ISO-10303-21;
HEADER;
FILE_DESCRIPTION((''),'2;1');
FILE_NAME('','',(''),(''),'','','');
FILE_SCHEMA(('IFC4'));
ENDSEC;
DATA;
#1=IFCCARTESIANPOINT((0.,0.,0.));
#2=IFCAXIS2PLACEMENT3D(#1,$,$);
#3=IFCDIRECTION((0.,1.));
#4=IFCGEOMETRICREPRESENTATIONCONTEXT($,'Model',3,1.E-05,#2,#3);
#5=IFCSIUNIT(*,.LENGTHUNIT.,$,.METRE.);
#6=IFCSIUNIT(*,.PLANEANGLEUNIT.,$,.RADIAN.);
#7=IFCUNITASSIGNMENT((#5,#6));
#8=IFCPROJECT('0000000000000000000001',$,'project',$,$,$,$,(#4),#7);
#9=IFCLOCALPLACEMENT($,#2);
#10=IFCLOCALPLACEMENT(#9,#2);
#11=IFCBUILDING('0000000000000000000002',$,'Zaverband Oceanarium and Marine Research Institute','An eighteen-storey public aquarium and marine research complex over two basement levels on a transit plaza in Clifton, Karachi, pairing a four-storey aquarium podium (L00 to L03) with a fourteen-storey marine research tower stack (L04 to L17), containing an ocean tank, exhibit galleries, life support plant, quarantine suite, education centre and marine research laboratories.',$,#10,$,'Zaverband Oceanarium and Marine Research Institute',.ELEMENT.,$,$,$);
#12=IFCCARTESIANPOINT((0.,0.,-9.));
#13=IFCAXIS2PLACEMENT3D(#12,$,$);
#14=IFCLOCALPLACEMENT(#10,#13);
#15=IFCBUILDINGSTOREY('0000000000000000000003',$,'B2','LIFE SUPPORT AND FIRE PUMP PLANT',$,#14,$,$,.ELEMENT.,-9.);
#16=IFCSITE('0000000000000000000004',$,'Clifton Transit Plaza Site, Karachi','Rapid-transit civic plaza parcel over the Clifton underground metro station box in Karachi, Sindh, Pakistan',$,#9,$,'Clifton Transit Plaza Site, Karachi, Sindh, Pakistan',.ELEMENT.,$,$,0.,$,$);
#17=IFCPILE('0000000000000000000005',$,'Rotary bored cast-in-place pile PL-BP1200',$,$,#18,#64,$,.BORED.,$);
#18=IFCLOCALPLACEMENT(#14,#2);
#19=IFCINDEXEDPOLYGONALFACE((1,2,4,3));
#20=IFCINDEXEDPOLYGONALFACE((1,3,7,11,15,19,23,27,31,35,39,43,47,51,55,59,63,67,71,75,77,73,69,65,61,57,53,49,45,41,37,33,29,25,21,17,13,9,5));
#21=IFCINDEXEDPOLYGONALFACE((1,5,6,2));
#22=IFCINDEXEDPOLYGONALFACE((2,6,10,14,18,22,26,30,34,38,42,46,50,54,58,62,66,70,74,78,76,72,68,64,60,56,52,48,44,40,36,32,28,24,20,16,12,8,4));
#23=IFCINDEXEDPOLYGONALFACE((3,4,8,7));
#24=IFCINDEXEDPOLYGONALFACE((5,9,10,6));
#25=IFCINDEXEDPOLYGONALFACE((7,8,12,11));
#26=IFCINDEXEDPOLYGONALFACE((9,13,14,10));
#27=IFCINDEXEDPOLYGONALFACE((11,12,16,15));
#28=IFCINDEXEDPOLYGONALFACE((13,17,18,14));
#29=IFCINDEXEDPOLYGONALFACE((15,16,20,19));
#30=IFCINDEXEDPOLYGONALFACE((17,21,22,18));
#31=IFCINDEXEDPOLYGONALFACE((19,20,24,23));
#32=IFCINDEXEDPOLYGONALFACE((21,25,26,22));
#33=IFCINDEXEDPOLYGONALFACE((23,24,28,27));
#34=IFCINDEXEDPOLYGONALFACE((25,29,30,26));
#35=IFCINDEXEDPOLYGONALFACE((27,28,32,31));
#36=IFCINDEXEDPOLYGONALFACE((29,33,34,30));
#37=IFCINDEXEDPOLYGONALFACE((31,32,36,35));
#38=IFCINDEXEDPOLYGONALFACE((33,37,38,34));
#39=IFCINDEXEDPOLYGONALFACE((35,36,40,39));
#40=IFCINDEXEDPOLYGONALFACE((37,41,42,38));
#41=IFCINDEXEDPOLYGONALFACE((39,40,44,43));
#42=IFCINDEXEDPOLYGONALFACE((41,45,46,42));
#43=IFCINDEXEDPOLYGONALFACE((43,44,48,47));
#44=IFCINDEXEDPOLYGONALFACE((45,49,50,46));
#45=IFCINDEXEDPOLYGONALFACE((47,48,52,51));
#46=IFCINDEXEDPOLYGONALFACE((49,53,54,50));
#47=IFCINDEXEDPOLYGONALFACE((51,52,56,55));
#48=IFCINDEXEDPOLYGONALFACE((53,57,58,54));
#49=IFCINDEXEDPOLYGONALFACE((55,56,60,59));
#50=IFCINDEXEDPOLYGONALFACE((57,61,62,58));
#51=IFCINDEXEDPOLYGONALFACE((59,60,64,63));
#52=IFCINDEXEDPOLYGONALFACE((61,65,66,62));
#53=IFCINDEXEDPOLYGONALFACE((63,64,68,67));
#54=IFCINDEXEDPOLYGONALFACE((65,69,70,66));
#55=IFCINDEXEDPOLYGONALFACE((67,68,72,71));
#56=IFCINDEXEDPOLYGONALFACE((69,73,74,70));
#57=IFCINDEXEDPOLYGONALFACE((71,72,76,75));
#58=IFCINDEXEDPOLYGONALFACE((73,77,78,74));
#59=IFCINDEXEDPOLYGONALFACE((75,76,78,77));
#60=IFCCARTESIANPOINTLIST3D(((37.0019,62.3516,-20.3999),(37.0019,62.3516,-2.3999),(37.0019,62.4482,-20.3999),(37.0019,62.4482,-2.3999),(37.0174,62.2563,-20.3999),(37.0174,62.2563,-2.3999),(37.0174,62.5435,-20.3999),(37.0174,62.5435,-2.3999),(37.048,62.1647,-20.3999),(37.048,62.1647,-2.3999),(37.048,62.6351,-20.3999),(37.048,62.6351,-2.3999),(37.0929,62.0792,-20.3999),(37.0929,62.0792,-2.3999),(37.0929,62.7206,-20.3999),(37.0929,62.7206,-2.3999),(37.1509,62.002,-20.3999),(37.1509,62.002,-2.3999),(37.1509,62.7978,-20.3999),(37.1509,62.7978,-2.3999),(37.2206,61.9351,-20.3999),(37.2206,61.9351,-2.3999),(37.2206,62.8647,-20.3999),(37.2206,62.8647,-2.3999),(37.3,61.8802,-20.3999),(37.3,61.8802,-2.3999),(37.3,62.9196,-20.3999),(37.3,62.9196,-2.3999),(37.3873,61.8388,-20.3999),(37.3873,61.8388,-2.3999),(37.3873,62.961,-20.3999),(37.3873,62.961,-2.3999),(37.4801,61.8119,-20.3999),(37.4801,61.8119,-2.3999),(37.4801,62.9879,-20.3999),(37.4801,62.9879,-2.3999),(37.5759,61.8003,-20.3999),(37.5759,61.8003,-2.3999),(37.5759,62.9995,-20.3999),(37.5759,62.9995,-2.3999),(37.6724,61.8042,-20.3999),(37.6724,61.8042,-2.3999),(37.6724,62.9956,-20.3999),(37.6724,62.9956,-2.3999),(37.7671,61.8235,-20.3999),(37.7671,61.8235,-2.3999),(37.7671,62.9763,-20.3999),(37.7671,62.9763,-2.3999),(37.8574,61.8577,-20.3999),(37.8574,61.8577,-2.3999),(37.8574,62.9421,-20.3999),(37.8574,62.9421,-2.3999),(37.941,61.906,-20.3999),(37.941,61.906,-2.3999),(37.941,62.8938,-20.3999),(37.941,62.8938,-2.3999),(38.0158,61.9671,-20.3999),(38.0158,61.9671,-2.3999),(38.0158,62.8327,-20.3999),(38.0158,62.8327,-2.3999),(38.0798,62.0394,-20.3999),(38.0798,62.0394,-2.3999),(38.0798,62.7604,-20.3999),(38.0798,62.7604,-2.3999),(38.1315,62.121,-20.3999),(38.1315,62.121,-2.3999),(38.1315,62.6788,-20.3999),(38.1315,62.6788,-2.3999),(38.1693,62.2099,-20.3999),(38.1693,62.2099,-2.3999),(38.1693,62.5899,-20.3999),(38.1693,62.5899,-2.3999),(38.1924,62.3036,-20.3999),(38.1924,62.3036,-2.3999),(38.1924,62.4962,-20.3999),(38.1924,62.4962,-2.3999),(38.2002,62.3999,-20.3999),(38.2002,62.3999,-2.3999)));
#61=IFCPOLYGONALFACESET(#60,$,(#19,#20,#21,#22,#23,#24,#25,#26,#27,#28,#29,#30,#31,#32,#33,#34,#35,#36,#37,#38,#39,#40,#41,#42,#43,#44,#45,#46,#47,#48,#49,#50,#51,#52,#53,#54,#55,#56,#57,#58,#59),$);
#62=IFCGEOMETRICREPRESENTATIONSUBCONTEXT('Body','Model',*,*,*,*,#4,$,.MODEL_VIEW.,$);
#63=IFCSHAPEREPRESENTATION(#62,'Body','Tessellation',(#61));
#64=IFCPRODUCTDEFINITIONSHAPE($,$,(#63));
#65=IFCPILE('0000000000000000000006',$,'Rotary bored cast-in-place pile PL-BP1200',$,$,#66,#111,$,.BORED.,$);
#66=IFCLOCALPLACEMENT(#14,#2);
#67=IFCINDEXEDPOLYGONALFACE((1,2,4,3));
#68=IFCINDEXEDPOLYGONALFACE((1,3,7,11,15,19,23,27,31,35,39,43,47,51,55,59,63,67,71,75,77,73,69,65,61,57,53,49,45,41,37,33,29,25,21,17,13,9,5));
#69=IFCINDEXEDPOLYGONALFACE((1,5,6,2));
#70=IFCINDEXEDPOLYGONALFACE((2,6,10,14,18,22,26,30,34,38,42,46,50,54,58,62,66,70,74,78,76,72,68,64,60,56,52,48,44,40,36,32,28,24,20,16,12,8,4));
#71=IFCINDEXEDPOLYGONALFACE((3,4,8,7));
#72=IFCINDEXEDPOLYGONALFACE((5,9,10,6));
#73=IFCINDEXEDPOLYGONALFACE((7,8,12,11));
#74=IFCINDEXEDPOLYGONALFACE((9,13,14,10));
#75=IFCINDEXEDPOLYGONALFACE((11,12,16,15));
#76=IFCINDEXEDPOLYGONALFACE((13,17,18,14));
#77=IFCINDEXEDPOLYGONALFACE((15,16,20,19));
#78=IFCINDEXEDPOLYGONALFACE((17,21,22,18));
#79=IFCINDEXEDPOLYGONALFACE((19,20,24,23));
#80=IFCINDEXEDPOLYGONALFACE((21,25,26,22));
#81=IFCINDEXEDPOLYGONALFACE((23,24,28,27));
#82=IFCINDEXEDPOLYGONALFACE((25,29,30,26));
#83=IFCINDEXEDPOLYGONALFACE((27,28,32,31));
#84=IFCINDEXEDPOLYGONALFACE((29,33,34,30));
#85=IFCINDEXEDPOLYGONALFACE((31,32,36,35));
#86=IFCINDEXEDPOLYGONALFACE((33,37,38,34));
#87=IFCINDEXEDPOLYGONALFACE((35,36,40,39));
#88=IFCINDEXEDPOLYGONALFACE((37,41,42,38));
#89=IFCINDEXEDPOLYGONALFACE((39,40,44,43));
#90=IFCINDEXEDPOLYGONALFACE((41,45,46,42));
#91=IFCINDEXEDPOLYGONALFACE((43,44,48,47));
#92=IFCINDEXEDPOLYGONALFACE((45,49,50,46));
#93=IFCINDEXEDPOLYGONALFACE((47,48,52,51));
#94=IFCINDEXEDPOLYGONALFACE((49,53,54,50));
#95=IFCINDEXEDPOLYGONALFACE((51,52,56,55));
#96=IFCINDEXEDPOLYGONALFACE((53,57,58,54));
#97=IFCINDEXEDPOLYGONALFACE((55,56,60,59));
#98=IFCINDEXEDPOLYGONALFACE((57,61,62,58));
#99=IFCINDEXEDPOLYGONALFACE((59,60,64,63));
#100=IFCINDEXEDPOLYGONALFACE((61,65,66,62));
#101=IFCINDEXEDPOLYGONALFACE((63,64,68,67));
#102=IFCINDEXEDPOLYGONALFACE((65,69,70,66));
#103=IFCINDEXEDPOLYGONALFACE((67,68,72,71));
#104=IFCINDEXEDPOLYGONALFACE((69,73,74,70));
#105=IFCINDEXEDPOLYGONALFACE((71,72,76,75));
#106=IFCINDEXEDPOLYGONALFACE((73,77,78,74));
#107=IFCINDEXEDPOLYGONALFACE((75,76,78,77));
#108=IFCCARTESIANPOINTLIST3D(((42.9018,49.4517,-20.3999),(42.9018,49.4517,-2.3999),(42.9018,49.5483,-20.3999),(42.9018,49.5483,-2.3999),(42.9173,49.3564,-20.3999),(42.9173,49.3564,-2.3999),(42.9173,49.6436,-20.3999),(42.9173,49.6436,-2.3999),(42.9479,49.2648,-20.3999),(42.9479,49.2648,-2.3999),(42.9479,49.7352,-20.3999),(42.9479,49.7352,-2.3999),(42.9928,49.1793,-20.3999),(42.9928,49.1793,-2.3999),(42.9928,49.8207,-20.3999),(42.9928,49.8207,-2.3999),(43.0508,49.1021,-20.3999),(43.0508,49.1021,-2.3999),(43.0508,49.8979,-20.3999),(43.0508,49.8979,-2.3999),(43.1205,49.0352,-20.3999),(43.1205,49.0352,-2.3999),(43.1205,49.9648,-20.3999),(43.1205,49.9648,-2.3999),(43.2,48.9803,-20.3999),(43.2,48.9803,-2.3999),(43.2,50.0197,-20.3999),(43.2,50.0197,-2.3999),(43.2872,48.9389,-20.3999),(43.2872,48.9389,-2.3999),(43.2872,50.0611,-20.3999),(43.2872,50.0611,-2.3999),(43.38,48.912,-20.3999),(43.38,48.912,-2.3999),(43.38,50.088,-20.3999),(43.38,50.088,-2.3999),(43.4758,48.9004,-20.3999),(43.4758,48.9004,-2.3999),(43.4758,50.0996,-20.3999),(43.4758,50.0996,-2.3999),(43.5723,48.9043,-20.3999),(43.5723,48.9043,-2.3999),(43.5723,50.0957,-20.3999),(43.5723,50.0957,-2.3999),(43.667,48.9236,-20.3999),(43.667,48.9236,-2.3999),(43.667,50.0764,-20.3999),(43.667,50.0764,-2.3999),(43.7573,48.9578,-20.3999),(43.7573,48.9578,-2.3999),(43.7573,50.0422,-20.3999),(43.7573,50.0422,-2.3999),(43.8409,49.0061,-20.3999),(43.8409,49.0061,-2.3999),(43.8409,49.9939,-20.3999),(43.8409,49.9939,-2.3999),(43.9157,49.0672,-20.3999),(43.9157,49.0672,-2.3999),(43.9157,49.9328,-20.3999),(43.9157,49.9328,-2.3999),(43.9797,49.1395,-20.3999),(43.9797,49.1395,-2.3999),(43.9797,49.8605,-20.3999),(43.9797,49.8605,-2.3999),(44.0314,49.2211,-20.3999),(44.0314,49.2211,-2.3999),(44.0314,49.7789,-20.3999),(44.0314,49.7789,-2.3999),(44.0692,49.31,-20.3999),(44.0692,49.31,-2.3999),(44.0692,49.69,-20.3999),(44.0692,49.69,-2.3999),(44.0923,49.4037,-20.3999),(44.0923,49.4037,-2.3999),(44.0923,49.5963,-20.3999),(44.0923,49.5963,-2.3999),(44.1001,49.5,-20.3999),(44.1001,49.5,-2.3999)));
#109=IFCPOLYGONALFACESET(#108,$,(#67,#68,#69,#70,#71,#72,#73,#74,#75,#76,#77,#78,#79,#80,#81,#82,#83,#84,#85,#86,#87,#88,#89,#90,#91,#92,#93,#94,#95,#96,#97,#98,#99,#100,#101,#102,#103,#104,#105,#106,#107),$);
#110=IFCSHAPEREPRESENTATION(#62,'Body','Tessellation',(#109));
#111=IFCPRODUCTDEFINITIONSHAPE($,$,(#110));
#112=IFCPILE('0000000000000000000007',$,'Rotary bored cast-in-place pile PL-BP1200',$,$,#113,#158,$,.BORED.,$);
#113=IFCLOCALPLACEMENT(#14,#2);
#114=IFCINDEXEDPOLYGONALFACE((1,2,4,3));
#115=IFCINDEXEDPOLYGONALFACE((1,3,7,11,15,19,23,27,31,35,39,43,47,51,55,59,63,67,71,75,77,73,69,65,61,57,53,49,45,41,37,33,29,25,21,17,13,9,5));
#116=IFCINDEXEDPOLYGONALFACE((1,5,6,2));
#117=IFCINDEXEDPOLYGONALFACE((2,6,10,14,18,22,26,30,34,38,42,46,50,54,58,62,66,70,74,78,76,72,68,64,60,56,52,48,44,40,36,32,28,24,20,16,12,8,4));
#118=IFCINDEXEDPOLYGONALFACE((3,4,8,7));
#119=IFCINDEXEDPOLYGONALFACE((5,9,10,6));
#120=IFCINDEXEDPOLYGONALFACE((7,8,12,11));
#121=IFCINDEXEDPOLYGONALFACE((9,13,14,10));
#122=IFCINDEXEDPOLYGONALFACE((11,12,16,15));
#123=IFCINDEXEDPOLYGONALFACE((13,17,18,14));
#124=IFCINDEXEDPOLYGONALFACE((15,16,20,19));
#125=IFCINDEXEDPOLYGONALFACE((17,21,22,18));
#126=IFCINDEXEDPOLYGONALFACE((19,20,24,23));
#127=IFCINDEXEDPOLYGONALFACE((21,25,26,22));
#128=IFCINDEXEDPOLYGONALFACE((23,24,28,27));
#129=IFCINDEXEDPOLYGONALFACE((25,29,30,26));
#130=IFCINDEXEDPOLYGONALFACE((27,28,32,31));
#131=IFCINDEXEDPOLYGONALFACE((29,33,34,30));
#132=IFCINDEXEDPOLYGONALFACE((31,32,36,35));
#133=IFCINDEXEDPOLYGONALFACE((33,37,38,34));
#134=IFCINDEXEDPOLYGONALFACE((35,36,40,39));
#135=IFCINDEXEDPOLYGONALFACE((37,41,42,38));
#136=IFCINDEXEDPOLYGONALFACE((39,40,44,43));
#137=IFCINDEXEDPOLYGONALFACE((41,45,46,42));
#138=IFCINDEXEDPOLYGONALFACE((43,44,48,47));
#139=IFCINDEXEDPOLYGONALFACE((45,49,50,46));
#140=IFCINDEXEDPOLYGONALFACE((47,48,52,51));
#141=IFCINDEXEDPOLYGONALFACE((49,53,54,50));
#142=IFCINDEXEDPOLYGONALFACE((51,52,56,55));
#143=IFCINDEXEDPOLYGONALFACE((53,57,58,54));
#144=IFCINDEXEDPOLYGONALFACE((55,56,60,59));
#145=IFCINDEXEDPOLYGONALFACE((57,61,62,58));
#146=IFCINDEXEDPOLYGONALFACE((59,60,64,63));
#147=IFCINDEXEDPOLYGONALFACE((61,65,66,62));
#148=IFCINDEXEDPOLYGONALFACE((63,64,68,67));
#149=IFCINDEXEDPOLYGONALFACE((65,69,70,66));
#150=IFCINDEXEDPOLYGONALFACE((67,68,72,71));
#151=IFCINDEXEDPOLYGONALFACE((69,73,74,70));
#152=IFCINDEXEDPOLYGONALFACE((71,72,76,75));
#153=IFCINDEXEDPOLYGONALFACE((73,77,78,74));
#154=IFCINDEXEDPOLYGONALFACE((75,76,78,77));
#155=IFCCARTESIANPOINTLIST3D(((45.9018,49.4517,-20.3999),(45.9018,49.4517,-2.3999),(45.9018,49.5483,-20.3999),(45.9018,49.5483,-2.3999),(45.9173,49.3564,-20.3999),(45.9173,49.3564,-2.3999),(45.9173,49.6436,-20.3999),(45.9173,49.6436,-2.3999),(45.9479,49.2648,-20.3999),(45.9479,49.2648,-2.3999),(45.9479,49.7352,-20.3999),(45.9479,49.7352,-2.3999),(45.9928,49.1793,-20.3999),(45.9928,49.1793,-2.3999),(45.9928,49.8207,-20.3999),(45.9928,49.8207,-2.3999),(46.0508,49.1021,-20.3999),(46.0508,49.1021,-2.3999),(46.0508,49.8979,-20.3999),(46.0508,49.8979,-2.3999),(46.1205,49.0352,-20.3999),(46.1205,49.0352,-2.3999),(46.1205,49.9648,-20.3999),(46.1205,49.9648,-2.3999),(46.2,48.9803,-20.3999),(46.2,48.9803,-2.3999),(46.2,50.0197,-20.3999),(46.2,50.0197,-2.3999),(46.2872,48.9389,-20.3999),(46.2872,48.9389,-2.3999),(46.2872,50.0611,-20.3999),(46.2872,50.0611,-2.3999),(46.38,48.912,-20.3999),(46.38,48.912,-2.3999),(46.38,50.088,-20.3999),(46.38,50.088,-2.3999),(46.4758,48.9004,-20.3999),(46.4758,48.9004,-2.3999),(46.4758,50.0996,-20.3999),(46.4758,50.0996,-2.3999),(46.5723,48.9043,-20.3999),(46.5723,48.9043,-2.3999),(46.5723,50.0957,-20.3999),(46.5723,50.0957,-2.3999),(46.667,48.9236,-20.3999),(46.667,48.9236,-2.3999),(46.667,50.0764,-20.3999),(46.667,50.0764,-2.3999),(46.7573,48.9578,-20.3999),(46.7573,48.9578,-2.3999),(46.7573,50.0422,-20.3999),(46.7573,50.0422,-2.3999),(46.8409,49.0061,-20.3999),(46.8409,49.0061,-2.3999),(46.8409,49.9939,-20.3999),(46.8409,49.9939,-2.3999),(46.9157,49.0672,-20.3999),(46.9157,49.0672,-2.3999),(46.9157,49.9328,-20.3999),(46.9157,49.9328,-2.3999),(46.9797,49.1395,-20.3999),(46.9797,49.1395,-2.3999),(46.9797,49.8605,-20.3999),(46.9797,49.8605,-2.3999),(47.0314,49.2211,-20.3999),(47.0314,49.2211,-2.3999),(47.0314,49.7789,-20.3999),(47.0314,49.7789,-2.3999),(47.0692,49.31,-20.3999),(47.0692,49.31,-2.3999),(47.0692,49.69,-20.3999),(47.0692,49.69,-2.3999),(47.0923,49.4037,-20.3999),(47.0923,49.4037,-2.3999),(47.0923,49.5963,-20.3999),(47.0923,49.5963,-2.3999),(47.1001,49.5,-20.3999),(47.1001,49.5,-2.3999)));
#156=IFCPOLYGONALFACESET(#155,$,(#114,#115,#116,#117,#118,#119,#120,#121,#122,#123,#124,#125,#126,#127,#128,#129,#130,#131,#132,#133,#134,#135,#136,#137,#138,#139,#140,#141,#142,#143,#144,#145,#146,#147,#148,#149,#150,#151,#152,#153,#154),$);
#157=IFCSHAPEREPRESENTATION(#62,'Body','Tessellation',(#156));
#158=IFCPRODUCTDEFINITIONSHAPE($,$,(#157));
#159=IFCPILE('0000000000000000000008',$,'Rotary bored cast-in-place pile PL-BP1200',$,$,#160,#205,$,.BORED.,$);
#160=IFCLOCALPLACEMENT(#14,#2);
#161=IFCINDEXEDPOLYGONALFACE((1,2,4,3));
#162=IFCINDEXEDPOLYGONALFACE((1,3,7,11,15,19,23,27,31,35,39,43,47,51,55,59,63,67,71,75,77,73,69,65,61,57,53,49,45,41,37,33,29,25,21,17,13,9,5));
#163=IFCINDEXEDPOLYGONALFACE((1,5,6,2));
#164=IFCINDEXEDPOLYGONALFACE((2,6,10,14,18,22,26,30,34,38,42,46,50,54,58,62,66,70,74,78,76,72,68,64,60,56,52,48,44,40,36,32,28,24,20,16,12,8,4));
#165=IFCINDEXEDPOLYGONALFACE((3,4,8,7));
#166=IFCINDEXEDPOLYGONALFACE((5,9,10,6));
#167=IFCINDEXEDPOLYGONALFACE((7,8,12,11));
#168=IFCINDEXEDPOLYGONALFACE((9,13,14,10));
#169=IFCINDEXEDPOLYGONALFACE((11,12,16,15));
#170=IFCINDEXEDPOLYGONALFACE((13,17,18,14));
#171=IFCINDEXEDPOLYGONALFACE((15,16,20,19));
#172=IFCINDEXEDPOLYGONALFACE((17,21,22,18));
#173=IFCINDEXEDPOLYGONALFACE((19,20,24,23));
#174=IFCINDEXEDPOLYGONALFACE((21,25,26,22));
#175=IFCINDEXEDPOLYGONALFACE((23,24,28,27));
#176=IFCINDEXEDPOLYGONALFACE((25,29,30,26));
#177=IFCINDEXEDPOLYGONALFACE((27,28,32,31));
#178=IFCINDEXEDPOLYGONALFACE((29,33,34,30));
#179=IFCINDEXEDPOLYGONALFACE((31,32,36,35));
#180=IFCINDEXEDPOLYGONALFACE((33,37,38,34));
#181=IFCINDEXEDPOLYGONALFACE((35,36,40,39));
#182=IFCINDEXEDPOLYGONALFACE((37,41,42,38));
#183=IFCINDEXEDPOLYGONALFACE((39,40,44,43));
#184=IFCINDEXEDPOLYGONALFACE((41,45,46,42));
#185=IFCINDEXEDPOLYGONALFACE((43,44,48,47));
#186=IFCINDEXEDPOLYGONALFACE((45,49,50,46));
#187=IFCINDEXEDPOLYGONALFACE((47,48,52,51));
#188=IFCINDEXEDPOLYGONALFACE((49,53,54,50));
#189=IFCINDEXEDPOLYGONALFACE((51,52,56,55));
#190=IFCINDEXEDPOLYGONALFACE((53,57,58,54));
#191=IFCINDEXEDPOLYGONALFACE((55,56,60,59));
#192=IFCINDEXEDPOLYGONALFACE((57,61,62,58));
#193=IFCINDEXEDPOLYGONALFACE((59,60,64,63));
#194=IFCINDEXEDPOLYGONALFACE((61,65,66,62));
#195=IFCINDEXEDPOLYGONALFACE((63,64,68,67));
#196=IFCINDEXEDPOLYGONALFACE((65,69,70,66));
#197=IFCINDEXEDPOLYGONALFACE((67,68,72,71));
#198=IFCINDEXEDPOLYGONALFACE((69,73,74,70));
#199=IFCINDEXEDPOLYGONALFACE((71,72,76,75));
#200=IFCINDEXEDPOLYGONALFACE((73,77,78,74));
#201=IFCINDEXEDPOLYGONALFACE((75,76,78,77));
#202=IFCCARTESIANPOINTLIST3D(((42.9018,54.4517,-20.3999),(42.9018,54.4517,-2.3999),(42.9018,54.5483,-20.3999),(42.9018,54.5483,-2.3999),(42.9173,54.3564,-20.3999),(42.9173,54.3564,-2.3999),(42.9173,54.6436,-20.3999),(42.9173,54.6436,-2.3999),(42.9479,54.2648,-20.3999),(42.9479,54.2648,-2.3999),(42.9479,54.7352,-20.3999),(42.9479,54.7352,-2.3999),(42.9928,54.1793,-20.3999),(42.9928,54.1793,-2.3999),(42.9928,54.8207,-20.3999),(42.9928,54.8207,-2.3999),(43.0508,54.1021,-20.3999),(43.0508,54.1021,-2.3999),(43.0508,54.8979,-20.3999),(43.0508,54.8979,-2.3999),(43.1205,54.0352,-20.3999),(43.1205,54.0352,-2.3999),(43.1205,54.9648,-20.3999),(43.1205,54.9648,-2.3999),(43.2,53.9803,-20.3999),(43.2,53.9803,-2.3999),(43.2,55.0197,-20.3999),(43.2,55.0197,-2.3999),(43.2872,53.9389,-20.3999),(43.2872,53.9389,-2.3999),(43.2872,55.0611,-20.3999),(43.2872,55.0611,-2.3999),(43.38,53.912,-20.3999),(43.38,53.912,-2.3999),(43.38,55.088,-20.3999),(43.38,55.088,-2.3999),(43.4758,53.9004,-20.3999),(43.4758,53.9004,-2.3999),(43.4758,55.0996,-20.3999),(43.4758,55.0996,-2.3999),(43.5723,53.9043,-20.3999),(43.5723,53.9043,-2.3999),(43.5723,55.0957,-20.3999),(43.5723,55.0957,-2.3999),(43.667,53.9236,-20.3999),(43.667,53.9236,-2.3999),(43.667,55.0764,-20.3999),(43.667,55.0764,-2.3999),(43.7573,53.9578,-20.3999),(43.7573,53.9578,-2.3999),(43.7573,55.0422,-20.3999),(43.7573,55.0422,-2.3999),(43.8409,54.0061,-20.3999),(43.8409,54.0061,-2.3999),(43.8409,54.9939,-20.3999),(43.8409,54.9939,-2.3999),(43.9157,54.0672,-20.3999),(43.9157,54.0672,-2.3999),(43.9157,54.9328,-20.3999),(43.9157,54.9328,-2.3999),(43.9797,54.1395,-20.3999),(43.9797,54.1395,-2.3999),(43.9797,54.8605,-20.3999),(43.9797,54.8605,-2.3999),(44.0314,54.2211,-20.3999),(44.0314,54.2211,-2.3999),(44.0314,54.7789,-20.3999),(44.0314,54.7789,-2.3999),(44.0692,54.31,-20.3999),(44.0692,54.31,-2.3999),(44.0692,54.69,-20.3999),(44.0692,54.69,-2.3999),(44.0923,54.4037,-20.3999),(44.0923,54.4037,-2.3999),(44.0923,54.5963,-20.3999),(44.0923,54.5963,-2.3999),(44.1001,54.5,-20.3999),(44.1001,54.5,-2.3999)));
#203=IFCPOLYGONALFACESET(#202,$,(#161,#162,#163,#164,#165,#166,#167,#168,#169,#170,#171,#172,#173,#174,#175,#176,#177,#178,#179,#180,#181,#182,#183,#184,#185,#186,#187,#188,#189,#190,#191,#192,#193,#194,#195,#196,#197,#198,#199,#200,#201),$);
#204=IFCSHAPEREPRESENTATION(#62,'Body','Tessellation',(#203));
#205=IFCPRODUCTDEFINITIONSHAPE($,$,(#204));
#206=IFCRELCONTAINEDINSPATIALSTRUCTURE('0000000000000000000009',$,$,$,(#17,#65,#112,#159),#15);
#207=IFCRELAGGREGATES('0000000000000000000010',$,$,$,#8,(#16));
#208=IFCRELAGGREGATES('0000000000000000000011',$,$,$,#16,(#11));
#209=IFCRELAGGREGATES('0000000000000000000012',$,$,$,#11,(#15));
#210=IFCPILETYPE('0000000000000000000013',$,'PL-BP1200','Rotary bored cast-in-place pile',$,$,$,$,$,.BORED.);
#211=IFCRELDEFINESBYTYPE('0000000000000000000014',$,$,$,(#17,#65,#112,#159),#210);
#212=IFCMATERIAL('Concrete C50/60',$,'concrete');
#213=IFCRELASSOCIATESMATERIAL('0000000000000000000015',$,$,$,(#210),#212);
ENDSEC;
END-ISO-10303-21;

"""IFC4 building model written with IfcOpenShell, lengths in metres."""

from ifc_helpers import new_model, si_unit, direction, frame, origin, origin_2d, place, context, subcontext, project, spatial, circle, extrude, material, material_profile, profile_set, type_object, element, save


model = new_model("IFC4")

# Units and contexts
model_context = context("Model", 3, precision=1e-05, world=origin(), true_north=direction((0.0, 1.0)))
body_context = subcontext(model_context, "Body", "Model", "MODEL_VIEW")
ifc_project = project(units=[si_unit("LENGTHUNIT", "METRE"), si_unit("PLANEANGLEUNIT", "RADIAN")], contexts=[model_context])

# Site, building, storey
site_placement = place(None, origin())
site = spatial("IfcSite", under=ifc_project, at=site_placement, Name="Clifton Transit Plaza Site, Karachi", Description="Rapid-transit civic plaza parcel over the Clifton underground metro station box in Karachi, Sindh, Pakistan", LongName="Clifton Transit Plaza Site, Karachi, Sindh, Pakistan", CompositionType="ELEMENT", RefElevation=0.0)
building_placement = place(site_placement, origin())
building = spatial("IfcBuilding", under=site, at=building_placement, Name="Zaverband Oceanarium and Marine Research Institute", Description="An eighteen-storey public aquarium and marine research complex over two basement levels on a transit plaza in Clifton, Karachi, pairing a four-storey aquarium podium (L00 to L03) with a fourteen-storey marine research tower stack (L04 to L17), containing an ocean tank, exhibit galleries, life support plant, quarantine suite, education centre and marine research laboratories.", LongName="Zaverband Oceanarium and Marine Research Institute", CompositionType="ELEMENT")
storey_placement = place(building_placement, frame((0.0, 0.0, -9.0)))
storey = spatial("IfcBuildingStorey", under=building, at=storey_placement, Name="B2", Description="LIFE SUPPORT AND FIRE PUMP PLANT", CompositionType="ELEMENT", Elevation=-9.0)

# Shared definitions
ifc_material_1 = material(Name="Concrete C50/60", Category="concrete")

# Piles
ifc_material_profile_1 = material_profile(ifc_material_1, circle(Radius=0.6001, at=origin_2d()), Name="BP1200")
ifc_profile_set_1 = profile_set([ifc_material_profile_1], Name="Concrete C50/60")
pile_type = type_object("IfcPileType", Name="PL-BP1200", Description="Rotary bored cast-in-place pile", PredefinedType="BORED", material=ifc_profile_set_1)
for number, where, z_axis, x_axis, name in (
    (1, (37.6001, 62.3999, -2.3999), (0.0, 0.0, -1.0), (1.0, 0.0, 0.0), "Rotary bored cast-in-place pile PL-BP1200"),
    (2, (43.5, 49.5, -2.3999), (0.0, 0.0, -1.0), (1.0, 0.0, 0.0), "Rotary bored cast-in-place pile PL-BP1200"),
    (3, (46.5, 49.5, -2.3999), (0.0, 0.0, -1.0), (1.0, 0.0, 0.0), "Rotary bored cast-in-place pile PL-BP1200"),
    (4, (43.5, 54.5, -2.3999), (0.0, 0.0, -1.0), (1.0, 0.0, 0.0), "Rotary bored cast-in-place pile PL-BP1200"),
):
    element("IfcPile", number, at=place(storey_placement, frame(where, z_axis=z_axis, x_axis=x_axis)), inside=storey, type_object=pile_type, Name=name, PredefinedType="BORED", context=body_context, shape_type="SweptSolid", body=[
        extrude(circle(Radius=0.6001, at=origin_2d()), origin(), (0.0, 0.0, 1.0), 18.0),
    ])

save(model, "model.ifc")
